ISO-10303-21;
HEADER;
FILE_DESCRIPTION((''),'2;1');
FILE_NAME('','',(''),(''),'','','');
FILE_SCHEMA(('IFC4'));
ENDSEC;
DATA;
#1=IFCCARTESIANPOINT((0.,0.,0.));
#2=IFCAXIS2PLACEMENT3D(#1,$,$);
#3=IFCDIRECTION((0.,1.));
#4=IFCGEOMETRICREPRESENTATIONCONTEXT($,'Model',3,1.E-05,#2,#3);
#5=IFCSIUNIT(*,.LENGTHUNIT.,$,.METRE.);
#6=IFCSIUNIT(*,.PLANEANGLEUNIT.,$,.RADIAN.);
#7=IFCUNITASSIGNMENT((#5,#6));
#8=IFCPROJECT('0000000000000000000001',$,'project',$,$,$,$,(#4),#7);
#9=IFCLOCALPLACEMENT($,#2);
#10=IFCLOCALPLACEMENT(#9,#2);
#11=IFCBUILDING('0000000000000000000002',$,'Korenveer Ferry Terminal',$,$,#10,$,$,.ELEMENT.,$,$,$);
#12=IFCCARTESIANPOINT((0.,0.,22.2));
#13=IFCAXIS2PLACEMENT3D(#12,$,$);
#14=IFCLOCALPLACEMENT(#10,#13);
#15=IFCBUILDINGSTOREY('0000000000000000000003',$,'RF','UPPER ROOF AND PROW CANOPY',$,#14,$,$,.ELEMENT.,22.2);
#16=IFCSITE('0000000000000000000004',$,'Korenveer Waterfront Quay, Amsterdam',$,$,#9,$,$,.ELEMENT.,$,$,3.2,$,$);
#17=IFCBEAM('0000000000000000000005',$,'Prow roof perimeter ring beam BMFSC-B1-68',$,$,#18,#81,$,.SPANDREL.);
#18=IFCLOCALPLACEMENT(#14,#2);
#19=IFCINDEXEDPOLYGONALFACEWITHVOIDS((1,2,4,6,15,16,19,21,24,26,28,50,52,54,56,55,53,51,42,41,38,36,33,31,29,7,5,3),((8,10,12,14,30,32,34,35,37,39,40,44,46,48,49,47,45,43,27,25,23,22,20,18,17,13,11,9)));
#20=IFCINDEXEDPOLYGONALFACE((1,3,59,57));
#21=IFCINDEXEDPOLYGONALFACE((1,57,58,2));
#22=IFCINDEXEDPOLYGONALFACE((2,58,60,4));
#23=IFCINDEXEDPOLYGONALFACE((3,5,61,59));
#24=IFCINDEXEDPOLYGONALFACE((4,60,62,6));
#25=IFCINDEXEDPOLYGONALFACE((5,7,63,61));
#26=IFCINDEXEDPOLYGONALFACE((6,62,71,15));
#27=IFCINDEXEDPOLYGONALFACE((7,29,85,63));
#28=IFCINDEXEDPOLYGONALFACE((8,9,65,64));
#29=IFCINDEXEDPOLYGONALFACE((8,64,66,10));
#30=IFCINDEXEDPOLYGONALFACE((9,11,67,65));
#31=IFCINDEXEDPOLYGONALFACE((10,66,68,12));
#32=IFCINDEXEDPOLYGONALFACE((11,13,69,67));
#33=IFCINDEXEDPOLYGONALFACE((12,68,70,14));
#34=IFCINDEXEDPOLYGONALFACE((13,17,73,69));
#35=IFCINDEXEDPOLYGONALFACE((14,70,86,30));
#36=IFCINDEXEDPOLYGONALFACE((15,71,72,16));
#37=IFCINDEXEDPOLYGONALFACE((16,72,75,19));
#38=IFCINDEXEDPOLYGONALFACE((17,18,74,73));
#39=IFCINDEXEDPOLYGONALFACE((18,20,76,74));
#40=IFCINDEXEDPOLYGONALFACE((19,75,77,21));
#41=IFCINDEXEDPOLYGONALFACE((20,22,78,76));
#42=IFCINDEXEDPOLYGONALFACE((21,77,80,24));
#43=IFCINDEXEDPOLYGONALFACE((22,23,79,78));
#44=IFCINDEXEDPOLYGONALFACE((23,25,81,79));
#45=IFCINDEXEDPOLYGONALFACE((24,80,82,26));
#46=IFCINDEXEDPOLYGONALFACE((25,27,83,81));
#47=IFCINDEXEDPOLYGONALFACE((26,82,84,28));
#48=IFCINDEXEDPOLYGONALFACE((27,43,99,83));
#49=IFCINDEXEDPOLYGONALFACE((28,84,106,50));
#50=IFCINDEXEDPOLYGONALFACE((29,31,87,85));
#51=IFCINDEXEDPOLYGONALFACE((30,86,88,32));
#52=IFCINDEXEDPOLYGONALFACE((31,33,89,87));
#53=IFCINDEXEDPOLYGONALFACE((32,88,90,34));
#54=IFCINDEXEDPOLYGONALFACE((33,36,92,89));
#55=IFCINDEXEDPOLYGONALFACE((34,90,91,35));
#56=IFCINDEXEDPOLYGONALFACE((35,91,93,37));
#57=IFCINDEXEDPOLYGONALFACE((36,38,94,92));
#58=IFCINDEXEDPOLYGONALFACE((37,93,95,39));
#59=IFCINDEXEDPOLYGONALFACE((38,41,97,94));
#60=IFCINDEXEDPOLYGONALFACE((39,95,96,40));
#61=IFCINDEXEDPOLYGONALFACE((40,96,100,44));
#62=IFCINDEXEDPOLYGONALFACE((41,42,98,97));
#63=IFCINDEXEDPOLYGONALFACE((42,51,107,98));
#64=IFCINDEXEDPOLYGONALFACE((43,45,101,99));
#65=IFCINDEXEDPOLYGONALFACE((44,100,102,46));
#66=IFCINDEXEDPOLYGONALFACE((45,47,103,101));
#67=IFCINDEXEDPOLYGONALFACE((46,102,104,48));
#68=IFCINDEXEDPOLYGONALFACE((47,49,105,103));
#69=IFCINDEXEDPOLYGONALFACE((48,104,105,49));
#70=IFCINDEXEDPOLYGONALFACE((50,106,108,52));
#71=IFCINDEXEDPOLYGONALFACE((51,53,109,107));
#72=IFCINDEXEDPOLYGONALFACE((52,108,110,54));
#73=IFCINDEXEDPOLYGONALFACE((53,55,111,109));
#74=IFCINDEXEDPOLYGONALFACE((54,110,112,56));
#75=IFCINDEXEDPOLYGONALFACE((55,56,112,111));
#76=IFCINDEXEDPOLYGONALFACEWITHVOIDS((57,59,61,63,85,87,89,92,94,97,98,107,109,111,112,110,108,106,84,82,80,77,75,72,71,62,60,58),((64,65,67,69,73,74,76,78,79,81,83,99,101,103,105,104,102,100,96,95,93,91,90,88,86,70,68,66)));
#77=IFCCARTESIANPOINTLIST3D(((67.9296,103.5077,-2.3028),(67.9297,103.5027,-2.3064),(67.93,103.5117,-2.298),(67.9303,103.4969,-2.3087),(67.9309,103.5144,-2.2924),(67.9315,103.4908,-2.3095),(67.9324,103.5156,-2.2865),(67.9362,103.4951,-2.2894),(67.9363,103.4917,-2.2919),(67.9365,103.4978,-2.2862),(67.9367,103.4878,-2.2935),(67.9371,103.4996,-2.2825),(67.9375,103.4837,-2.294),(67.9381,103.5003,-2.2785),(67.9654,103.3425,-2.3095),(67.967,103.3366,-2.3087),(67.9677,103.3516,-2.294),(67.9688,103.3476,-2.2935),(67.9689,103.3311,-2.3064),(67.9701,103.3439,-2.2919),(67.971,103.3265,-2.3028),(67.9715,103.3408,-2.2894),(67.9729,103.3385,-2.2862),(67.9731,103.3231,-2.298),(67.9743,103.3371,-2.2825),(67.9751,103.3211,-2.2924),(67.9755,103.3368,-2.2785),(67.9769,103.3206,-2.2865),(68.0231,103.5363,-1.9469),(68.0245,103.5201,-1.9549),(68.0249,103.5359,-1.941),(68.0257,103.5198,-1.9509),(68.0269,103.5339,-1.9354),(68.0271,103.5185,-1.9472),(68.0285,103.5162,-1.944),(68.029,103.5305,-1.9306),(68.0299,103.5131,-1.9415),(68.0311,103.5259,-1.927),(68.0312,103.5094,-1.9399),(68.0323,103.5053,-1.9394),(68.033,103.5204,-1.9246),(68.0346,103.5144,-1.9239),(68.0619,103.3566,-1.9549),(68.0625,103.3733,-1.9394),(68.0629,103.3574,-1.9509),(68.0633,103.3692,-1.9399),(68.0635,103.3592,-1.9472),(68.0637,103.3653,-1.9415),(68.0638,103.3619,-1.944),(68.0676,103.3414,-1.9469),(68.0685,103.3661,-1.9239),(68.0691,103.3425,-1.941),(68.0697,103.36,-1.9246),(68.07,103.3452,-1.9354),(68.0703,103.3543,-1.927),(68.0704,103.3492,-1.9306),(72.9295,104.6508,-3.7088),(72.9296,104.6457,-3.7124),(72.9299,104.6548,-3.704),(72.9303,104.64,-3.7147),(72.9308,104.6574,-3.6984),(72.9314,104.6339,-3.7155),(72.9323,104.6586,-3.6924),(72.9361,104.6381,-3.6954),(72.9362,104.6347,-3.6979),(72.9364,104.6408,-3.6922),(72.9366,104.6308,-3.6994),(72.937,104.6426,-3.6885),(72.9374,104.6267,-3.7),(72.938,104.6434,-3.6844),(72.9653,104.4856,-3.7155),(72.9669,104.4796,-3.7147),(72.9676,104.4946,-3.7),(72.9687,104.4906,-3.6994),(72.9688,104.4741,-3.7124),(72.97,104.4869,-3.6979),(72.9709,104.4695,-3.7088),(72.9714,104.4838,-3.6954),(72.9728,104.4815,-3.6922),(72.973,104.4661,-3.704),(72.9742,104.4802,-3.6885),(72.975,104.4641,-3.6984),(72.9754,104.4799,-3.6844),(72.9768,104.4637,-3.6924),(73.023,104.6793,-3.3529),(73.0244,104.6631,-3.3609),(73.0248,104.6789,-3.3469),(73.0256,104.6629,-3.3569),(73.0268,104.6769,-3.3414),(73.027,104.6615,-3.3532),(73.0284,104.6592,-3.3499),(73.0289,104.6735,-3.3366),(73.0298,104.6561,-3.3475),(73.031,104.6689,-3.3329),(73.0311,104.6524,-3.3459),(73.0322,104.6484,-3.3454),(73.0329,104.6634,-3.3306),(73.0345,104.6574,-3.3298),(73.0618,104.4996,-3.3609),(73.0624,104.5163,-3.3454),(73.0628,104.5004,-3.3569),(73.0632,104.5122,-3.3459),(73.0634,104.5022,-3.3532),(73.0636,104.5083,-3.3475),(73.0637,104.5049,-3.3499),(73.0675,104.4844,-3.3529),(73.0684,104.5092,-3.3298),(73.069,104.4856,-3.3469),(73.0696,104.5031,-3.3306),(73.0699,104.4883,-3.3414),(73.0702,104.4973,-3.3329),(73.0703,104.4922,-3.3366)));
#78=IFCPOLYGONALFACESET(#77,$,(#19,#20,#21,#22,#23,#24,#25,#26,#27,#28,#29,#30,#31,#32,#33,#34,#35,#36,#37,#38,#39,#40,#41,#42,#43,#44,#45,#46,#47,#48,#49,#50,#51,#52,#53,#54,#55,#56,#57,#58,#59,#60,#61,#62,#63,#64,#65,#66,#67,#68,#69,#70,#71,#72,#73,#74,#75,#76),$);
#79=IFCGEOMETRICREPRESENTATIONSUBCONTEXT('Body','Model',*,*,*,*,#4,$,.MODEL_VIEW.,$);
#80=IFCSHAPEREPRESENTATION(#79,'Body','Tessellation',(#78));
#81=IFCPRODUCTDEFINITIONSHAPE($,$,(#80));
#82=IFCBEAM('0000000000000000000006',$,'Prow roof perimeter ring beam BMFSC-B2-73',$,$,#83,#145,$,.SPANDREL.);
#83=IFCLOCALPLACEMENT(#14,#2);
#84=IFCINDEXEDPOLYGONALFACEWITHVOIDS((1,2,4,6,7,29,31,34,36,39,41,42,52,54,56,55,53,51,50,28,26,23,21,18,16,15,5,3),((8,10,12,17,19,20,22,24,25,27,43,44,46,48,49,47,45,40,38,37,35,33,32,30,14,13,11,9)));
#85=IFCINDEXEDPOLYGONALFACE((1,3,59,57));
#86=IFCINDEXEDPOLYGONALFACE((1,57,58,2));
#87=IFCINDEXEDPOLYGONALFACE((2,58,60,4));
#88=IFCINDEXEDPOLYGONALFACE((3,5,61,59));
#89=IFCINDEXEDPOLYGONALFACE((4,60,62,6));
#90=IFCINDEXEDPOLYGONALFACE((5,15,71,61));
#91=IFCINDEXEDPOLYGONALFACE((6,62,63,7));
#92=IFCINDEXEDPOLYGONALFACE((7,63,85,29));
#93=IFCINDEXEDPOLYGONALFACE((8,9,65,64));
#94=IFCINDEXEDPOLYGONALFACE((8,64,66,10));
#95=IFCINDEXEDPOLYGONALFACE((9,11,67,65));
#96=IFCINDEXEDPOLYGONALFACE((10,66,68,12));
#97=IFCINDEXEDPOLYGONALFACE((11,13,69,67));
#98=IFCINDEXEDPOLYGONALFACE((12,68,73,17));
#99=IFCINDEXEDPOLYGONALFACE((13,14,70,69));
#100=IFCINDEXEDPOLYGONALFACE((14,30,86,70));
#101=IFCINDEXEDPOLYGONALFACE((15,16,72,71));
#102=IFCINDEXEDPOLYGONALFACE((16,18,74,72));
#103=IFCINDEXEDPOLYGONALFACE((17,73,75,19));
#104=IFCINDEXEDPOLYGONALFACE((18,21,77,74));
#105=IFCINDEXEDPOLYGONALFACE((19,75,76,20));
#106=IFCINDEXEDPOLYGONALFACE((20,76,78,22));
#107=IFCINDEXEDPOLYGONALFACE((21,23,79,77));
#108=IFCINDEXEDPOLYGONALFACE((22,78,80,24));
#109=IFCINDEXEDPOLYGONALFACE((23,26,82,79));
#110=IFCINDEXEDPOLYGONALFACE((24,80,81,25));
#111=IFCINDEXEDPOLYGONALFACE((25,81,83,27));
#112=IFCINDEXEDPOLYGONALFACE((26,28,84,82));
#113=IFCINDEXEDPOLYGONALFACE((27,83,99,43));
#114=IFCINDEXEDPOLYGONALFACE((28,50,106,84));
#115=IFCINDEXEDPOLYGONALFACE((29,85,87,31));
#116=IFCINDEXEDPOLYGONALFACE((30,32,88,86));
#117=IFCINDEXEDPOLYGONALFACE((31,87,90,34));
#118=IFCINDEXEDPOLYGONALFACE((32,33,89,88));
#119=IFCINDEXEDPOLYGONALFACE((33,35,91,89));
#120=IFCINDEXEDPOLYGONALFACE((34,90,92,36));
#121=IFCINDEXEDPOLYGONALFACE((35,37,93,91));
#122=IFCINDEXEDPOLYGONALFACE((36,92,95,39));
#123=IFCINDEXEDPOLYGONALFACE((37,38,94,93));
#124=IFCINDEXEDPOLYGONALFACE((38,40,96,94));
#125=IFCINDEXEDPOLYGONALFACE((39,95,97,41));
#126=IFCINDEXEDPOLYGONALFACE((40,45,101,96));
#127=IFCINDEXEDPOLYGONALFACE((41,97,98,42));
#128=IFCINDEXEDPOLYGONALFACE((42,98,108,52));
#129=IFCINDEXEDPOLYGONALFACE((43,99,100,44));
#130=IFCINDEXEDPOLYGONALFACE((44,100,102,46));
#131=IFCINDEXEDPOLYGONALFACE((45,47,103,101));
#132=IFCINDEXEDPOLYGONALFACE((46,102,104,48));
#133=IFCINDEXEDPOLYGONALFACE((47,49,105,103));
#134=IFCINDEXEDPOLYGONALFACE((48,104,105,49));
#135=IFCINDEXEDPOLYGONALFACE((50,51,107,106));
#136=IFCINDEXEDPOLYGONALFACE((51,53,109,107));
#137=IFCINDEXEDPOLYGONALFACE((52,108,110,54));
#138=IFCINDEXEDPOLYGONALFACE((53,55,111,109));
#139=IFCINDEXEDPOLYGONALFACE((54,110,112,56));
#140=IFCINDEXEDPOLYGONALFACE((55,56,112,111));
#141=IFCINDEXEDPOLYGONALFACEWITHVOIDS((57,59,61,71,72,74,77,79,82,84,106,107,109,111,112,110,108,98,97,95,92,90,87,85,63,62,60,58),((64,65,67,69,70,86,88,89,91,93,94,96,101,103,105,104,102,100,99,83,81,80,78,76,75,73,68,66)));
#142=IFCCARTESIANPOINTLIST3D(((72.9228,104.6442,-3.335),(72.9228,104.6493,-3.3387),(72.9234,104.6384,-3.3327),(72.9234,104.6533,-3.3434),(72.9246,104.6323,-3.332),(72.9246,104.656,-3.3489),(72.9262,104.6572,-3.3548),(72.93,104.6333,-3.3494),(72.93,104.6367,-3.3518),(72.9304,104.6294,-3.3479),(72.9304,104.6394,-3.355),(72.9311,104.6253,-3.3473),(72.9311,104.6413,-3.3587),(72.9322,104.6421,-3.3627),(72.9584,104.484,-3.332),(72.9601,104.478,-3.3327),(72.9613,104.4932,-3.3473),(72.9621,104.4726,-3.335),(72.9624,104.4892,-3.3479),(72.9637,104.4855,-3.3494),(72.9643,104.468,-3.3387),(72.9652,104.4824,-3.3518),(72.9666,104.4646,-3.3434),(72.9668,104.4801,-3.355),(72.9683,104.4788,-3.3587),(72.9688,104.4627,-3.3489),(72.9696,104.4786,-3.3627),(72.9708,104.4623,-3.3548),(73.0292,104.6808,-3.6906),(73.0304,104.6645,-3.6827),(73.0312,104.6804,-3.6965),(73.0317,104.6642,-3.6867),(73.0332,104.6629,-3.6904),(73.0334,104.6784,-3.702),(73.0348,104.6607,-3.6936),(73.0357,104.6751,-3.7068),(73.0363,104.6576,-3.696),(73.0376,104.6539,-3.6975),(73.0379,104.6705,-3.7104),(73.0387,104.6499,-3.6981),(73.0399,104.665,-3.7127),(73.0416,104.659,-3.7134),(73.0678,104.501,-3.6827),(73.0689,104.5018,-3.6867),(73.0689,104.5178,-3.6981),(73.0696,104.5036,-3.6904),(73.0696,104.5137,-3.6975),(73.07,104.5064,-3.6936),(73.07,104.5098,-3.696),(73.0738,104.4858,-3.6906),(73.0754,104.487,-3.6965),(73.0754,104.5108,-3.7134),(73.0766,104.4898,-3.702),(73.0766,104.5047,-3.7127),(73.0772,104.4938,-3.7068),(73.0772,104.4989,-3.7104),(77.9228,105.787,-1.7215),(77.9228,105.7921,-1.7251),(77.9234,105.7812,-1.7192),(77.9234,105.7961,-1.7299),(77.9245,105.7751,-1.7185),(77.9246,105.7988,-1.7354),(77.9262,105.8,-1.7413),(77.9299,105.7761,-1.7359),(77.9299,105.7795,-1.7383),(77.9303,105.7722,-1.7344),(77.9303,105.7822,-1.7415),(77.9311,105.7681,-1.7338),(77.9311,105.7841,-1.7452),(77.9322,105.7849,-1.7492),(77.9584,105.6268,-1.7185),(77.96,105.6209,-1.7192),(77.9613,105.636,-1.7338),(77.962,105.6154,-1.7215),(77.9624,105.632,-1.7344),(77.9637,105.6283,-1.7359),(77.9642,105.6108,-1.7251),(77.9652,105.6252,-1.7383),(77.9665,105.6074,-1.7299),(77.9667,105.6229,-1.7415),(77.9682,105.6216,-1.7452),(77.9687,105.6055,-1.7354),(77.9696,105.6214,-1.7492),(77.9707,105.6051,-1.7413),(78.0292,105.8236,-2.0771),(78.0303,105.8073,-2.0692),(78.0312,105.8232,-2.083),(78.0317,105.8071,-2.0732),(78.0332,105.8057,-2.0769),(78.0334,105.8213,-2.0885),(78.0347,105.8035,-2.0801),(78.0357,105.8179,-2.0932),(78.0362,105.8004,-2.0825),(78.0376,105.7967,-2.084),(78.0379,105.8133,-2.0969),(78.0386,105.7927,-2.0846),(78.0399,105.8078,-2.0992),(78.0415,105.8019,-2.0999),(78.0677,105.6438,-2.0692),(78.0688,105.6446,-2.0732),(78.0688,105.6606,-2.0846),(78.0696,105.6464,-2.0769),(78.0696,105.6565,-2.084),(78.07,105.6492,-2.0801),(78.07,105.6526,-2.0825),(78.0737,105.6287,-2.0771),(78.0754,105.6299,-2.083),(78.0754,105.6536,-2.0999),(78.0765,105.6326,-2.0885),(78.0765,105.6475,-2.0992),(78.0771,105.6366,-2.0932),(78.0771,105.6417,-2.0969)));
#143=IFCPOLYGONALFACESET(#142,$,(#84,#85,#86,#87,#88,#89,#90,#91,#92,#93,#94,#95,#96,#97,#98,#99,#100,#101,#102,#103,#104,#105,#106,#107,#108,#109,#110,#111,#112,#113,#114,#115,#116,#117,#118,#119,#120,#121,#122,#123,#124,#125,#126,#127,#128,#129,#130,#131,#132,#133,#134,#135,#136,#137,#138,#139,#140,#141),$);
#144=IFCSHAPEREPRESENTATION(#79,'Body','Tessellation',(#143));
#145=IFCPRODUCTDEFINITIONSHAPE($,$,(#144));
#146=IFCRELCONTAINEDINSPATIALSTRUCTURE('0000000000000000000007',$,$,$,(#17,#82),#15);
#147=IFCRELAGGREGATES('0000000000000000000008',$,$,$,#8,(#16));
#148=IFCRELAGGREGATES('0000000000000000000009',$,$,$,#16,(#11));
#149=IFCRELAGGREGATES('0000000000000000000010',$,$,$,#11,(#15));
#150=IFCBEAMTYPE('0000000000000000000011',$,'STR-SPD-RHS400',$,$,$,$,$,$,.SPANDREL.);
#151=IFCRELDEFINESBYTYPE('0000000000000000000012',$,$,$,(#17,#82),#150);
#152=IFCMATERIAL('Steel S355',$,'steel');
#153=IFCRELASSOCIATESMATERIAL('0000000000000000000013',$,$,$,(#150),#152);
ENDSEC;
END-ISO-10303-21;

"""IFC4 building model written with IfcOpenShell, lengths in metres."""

from ifc_helpers import new_model, si_unit, direction, frame, origin, origin_2d, place, context, subcontext, project, spatial, hollow_rectangle, extrude, material, material_profile, profile_set, type_object, element, save


model = new_model("IFC4")

# Units and contexts
model_context = context("Model", 3, precision=1e-05, world=origin(), true_north=direction((0.0, 1.0)))
body_context = subcontext(model_context, "Body", "Model", "MODEL_VIEW")
ifc_project = project(units=[si_unit("LENGTHUNIT", "METRE"), si_unit("PLANEANGLEUNIT", "RADIAN")], contexts=[model_context])

# Site, building, storey
site_placement = place(None, origin())
site = spatial("IfcSite", under=ifc_project, at=site_placement, Name="Korenveer Waterfront Quay, Amsterdam", CompositionType="ELEMENT", RefElevation=3.2)
building_placement = place(site_placement, origin())
building = spatial("IfcBuilding", under=site, at=building_placement, Name="Korenveer Ferry Terminal", CompositionType="ELEMENT")
storey_placement = place(building_placement, frame((0.0, 0.0, 22.2)))
storey = spatial("IfcBuildingStorey", under=building, at=storey_placement, Name="RF", Description="UPPER ROOF AND PROW CANOPY", CompositionType="ELEMENT", Elevation=22.2)

# Shared definitions
ifc_material_1 = material(Name="Steel S355", Category="steel")

# Beams
ifc_material_profile_1 = material_profile(ifc_material_1, hollow_rectangle(XDim=0.2, YDim=0.3999, WallThickness=0.0161, InnerFilletRadius=0.0161, OuterFilletRadius=0.0239, at=origin_2d()), Name="RHS 400x200x16")
ifc_profile_set_1 = profile_set([ifc_material_profile_1], Name="Steel S355")
beam_type_1 = type_object("IfcBeamType", Name="STR-SPD-RHS400", PredefinedType="SPANDREL", material=ifc_profile_set_1)
beam_1_placement = place(storey_placement, frame((68.0, 103.4285, -2.1167), z_axis=(0.940164, 0.214934, -0.264375), x_axis=(-0.222864, 0.97485, 0.0)))
element("IfcBeam", 1, at=beam_1_placement, inside=storey, type_object=beam_type_1, Name="Prow roof perimeter ring beam BMFSC-B1-68", PredefinedType="SPANDREL", context=body_context, shape_type="SweptSolid", body=[
    extrude(hollow_rectangle(XDim=0.2, YDim=0.3999, WallThickness=0.0161, InnerFilletRadius=0.0161, OuterFilletRadius=0.0239, at=origin_2d()), origin(), (0.0, 0.0, 1.0), 5.3181),
])
beam_2_placement = place(storey_placement, frame((73.0, 104.5715, -3.5227), z_axis=(0.929929, 0.212549, 0.300093), x_axis=(-0.222818, 0.97486, 0.0)))
element("IfcBeam", 2, at=beam_2_placement, inside=storey, type_object=beam_type_1, Name="Prow roof perimeter ring beam BMFSC-B2-73", PredefinedType="SPANDREL", context=body_context, shape_type="SweptSolid", body=[
    extrude(hollow_rectangle(XDim=0.2, YDim=0.3999, WallThickness=0.0161, InnerFilletRadius=0.0161, OuterFilletRadius=0.0239, at=origin_2d()), origin(), (0.0, 0.0, 1.0), 5.3767),
])

save(model, "model.ifc")
